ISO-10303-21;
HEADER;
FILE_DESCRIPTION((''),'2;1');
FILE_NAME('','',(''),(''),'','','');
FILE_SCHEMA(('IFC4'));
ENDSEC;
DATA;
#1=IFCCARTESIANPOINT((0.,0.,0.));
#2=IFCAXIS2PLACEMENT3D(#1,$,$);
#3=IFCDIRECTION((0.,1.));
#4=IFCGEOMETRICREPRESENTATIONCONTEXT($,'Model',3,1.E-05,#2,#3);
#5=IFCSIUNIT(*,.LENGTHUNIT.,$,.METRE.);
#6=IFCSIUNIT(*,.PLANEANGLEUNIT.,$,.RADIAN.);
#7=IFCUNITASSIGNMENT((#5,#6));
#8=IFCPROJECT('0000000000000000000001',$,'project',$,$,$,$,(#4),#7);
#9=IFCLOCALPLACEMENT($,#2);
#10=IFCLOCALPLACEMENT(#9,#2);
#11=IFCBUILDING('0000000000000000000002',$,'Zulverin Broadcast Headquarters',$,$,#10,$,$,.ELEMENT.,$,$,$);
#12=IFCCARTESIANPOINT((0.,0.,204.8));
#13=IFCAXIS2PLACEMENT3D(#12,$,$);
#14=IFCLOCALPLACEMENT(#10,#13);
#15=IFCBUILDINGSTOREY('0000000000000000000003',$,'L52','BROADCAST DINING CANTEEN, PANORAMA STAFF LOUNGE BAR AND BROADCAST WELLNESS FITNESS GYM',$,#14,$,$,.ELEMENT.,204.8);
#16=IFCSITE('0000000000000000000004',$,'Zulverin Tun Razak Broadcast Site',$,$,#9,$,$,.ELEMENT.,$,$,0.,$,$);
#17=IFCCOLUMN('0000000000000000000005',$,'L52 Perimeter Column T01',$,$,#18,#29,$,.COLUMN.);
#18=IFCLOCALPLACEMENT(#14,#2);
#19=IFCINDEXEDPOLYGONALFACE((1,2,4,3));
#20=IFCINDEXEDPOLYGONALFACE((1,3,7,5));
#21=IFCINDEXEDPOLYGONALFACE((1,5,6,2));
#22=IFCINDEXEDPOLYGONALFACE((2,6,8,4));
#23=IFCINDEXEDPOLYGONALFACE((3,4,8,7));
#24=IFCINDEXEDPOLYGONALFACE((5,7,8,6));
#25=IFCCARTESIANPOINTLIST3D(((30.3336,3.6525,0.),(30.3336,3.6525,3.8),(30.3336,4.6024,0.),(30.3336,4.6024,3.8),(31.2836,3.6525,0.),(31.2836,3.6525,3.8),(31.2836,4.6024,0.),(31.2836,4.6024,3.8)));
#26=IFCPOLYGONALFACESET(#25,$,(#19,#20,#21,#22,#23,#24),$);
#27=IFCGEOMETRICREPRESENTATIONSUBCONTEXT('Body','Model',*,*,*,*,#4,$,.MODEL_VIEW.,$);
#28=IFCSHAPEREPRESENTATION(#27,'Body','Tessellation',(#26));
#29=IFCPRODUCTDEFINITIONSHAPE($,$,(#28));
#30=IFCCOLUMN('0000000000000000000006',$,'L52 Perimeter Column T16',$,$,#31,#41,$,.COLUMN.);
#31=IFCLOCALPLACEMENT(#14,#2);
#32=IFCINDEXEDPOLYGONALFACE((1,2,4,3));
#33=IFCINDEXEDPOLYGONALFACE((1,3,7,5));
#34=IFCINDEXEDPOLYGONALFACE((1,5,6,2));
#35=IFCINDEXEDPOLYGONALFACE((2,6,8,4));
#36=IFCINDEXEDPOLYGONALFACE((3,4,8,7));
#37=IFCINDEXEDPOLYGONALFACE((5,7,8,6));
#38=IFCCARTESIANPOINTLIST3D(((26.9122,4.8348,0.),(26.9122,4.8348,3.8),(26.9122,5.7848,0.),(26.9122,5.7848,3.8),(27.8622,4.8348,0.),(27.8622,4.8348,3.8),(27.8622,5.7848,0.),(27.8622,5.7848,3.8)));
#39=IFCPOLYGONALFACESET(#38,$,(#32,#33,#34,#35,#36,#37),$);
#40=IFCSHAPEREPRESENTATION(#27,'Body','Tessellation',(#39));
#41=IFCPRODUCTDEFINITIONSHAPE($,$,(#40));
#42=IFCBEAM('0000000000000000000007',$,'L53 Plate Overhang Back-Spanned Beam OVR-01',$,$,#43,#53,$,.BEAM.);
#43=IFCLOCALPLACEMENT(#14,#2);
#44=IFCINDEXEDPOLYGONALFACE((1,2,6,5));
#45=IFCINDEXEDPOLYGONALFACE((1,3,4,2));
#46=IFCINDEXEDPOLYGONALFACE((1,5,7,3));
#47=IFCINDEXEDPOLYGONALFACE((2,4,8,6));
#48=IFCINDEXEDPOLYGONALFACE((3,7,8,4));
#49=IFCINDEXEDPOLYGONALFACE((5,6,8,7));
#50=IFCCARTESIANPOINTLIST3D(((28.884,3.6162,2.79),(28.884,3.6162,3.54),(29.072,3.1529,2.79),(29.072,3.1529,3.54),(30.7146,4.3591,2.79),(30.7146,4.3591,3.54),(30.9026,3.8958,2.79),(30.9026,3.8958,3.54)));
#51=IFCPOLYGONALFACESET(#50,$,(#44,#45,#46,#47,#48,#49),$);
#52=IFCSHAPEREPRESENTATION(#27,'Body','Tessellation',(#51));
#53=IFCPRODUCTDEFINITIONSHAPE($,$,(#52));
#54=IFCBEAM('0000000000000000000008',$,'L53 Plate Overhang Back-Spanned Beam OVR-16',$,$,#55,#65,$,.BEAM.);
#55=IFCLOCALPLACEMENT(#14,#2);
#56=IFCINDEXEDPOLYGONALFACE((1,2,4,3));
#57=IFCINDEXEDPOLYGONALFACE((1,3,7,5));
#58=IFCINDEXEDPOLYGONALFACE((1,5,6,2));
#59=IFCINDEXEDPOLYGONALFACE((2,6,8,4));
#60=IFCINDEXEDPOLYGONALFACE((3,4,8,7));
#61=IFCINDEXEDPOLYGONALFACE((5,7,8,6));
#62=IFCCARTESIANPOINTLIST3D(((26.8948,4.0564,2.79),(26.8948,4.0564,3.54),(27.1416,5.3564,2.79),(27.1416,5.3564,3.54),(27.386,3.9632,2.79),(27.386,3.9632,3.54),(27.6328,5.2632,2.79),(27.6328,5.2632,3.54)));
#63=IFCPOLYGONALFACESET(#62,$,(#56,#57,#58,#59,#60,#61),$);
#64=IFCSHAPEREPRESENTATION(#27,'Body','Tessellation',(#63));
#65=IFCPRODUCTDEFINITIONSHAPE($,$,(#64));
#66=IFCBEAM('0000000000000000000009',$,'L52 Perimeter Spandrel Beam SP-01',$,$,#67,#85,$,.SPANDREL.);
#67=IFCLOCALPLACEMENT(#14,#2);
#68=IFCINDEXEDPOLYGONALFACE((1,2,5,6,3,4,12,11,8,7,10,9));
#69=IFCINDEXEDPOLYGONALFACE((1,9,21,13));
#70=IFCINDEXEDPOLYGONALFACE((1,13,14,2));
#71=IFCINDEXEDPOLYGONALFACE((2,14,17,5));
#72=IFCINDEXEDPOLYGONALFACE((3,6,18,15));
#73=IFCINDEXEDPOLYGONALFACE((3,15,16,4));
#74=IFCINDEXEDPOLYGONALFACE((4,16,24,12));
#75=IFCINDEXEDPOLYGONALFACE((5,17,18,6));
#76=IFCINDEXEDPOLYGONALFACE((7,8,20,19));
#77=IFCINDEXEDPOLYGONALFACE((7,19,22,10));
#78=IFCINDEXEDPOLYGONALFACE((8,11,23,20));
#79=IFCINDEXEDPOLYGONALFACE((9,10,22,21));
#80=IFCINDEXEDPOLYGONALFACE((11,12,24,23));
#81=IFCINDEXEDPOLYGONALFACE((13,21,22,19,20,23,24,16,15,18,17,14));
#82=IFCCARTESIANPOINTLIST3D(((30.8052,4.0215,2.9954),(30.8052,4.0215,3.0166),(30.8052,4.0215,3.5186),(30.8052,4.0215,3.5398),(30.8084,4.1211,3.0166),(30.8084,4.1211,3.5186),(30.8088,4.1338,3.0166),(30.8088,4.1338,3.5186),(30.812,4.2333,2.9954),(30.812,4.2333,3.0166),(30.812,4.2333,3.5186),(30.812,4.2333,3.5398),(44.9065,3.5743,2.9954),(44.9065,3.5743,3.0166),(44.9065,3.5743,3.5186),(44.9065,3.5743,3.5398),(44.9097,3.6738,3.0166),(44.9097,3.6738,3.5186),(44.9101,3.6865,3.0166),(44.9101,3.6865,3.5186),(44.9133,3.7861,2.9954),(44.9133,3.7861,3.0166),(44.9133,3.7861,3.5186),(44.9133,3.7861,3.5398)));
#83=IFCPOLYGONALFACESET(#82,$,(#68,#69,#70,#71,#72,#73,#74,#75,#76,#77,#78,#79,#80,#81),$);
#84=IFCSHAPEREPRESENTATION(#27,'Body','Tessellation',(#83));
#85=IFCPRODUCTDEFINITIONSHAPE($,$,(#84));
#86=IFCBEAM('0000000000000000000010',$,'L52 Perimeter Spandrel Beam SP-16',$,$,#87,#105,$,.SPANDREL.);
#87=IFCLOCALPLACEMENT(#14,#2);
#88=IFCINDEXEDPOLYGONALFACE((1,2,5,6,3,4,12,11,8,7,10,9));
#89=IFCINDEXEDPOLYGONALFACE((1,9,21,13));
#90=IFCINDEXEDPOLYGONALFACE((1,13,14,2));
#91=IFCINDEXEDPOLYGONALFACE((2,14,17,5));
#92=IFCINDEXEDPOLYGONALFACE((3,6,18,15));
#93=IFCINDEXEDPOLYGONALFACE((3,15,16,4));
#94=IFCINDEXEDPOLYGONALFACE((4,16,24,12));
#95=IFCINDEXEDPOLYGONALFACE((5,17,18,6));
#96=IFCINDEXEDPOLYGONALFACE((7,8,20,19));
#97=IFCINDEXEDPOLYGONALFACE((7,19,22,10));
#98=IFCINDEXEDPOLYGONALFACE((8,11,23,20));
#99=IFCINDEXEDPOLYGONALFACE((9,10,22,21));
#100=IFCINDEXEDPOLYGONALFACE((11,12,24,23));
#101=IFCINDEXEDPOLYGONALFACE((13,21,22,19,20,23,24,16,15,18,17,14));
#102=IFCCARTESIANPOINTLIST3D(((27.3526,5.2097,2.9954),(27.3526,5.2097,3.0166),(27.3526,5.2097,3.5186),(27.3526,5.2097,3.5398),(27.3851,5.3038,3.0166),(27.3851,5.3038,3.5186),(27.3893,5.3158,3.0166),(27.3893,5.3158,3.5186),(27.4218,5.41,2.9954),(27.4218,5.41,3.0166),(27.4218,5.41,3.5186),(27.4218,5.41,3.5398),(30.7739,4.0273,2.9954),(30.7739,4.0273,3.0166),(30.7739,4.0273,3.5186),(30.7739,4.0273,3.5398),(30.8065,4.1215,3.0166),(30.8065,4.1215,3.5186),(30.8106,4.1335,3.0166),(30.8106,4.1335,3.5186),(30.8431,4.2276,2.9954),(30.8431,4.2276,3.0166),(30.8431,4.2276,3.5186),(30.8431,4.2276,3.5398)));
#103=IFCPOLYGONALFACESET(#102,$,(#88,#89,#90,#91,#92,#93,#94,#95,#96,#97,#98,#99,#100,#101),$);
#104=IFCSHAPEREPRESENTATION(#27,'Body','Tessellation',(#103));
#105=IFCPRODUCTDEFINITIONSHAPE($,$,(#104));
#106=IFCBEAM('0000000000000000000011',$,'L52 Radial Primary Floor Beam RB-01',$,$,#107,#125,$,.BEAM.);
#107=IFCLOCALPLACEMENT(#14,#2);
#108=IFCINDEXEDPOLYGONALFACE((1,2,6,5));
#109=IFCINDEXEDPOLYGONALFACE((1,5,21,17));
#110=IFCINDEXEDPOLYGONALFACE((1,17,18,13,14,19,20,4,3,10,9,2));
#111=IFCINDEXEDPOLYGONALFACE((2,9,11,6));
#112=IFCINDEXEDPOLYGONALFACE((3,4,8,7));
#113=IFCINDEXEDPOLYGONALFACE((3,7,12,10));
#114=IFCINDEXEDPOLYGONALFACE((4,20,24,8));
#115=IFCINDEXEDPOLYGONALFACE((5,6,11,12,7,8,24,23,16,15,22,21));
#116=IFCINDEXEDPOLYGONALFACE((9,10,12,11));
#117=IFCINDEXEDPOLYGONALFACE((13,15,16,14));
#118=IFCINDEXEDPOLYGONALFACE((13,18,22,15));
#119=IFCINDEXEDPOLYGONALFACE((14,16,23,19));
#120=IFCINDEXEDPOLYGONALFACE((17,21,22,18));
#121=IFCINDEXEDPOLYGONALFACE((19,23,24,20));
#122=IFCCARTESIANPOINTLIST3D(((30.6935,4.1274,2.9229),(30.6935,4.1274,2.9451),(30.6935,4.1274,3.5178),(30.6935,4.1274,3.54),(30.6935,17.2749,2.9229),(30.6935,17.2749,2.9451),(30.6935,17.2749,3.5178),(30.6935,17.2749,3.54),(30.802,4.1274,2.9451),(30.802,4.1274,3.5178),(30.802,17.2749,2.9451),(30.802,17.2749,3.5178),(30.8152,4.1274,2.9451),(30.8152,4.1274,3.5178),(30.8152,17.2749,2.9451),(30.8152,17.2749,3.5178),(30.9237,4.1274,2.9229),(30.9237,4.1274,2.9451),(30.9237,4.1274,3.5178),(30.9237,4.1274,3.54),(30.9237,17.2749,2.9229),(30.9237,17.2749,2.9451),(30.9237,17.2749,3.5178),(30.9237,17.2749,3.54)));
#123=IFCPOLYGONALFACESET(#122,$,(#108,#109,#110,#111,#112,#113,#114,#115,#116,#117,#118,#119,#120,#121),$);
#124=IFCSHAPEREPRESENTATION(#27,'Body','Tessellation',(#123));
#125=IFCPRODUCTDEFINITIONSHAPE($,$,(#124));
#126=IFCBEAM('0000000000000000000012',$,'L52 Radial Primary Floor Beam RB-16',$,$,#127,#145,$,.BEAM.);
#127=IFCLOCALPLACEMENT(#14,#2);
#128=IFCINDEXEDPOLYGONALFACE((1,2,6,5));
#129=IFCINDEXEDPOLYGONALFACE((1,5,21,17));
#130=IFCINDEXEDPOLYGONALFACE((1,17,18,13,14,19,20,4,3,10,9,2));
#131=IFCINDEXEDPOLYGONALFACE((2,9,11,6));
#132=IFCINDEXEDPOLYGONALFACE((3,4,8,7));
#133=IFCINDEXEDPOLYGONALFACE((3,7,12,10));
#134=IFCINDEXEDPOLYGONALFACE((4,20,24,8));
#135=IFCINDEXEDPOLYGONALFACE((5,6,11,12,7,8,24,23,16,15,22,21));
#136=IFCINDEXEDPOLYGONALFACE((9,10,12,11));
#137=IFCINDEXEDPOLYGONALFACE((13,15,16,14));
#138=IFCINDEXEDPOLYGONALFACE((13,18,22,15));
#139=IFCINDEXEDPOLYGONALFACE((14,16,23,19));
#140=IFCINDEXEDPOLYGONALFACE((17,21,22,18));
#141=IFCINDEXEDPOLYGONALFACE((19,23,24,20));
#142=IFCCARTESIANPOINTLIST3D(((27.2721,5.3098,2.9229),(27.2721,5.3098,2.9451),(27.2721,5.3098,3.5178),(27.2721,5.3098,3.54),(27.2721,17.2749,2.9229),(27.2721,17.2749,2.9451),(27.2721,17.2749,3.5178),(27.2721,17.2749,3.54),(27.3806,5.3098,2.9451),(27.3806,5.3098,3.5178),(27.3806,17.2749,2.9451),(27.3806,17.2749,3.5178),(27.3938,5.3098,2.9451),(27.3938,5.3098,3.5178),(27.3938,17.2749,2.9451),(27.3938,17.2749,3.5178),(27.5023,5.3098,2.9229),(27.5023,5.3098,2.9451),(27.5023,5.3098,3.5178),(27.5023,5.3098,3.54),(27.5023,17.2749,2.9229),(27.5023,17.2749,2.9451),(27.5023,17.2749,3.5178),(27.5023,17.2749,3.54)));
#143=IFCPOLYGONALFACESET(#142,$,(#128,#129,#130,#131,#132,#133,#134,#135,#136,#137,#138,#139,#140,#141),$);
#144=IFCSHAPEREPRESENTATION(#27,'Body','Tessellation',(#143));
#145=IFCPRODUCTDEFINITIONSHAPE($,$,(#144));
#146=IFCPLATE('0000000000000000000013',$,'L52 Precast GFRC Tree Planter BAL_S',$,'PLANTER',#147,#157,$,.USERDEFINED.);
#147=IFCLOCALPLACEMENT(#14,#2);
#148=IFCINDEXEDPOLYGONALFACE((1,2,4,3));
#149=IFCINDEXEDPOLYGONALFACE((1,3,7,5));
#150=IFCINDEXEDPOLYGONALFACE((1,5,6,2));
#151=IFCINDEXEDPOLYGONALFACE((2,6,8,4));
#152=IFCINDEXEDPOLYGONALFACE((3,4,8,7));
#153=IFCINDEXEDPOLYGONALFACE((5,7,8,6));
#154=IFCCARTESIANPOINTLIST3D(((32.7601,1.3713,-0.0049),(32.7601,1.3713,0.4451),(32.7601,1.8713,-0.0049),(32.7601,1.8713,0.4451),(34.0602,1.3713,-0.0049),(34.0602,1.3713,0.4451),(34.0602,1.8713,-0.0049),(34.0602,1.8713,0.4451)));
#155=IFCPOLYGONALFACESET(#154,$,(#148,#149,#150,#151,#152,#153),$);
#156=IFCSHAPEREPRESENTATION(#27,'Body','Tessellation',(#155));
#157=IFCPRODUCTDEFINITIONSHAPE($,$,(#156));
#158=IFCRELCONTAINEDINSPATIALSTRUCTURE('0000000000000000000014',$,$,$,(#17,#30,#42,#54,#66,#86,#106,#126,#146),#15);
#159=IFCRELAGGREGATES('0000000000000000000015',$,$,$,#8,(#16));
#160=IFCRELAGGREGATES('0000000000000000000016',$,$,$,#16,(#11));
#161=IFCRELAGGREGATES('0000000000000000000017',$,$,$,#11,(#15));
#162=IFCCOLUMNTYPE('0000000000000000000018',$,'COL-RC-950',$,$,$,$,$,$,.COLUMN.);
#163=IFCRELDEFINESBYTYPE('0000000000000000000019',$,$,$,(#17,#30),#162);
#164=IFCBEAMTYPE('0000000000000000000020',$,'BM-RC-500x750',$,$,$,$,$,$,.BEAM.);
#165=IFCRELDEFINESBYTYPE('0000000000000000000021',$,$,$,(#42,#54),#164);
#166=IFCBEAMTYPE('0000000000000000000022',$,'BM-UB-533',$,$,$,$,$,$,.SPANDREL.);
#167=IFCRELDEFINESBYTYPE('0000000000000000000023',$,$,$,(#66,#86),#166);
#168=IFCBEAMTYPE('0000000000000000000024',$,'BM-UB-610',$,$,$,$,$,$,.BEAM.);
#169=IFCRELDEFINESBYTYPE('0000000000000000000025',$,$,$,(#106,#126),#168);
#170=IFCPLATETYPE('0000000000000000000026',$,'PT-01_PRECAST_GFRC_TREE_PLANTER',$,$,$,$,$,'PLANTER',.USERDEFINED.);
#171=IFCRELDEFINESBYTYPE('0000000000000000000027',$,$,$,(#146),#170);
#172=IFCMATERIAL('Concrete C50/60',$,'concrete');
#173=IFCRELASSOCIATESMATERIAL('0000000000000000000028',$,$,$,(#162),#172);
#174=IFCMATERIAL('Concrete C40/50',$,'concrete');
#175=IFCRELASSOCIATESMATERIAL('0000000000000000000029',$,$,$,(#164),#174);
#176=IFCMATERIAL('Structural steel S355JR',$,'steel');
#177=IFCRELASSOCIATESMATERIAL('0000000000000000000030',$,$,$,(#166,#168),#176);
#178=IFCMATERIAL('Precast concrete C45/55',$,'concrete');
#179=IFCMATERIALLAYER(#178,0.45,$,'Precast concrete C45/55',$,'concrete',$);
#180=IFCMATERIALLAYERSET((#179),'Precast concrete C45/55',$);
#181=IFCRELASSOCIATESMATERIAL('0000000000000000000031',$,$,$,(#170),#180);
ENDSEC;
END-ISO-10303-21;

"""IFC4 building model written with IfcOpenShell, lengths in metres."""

from ifc_helpers import new_model, si_unit, direction, frame, origin, origin_2d, place, context, subcontext, project, spatial, rectangle, i_section, extrude, material, layer, layer_set, material_profile, profile_set, type_object, element, save


model = new_model("IFC4")

# Units and contexts
model_context = context("Model", 3, precision=1e-05, world=origin(), true_north=direction((0.0, 1.0)))
body_context = subcontext(model_context, "Body", "Model", "MODEL_VIEW")
ifc_project = project(units=[si_unit("LENGTHUNIT", "METRE"), si_unit("PLANEANGLEUNIT", "RADIAN")], contexts=[model_context])

# Site, building, storey
site_placement = place(None, origin())
site = spatial("IfcSite", under=ifc_project, at=site_placement, Name="Zulverin Tun Razak Broadcast Site", CompositionType="ELEMENT", RefElevation=0.0)
building_placement = place(site_placement, origin())
building = spatial("IfcBuilding", under=site, at=building_placement, Name="Zulverin Broadcast Headquarters", CompositionType="ELEMENT")
storey_placement = place(building_placement, frame((0.0, 0.0, 204.8)))
storey = spatial("IfcBuildingStorey", under=building, at=storey_placement, Name="L52", Description="BROADCAST DINING CANTEEN, PANORAMA STAFF LOUNGE BAR AND BROADCAST WELLNESS FITNESS GYM", CompositionType="ELEMENT", Elevation=204.8)

# Columns
ifc_material_1 = material(Name="Concrete C50/60", Category="concrete")
ifc_material_profile_1 = material_profile(ifc_material_1, rectangle(XDim=0.95, YDim=0.95, at=origin_2d()), Name="Concrete C50/60", Category="concrete")
ifc_profile_set_1 = profile_set([ifc_material_profile_1], Name="Concrete C50/60")
column_type = type_object("IfcColumnType", Name="COL-RC-950", PredefinedType="COLUMN", material=ifc_profile_set_1)
for number, where, z_axis, x_axis, name in (
    (1, (30.8086, 4.1274, 0.0), (0.0, 0.0, 1.0), (1.0, 0.0, 0.0), "L52 Perimeter Column T01"),
    (2, (27.3872, 5.3098, 0.0), (0.0, 0.0, 1.0), (1.0, 0.0, 0.0), "L52 Perimeter Column T16"),
):
    element("IfcColumn", number, at=place(storey_placement, frame(where, z_axis=z_axis, x_axis=x_axis)), inside=storey, type_object=column_type, Name=name, PredefinedType="COLUMN", context=body_context, shape_type="SweptSolid", body=[
        extrude(rectangle(XDim=0.95, YDim=0.95, at=origin_2d()), origin(), (0.0, 0.0, 1.0), 3.8),
    ])

# Beams
ifc_material_2 = material(Name="Concrete C40/50", Category="concrete")
ifc_material_profile_2 = material_profile(ifc_material_2, rectangle(XDim=0.5, YDim=0.75, at=origin_2d()), Name="Concrete C40/50", Category="concrete")
ifc_profile_set_2 = profile_set([ifc_material_profile_2], Name="Concrete C40/50")
beam_type_1 = type_object("IfcBeamType", Name="BM-RC-500x750", PredefinedType="BEAM", material=ifc_profile_set_2)
beam_1_placement = place(storey_placement, frame((30.8086, 4.1274, 3.165), z_axis=(-0.926598, -0.376052, 0.0), x_axis=(0.376052, -0.926598, 0.0)))
element("IfcBeam", 3, at=beam_1_placement, inside=storey, type_object=beam_type_1, Name="L53 Plate Overhang Back-Spanned Beam OVR-01", PredefinedType="BEAM", context=body_context, shape_type="SweptSolid", body=[
    extrude(rectangle(XDim=0.5, YDim=0.75, at=origin_2d()), origin(), (0.0, 0.0, 1.0), 1.9756),
])
beam_2_placement = place(storey_placement, frame((27.3872, 5.3098, 3.165), z_axis=(-0.186527, -0.98245, 0.0), x_axis=(0.98245, -0.186527, 0.0)))
element("IfcBeam", 4, at=beam_2_placement, inside=storey, type_object=beam_type_1, Name="L53 Plate Overhang Back-Spanned Beam OVR-16", PredefinedType="BEAM", context=body_context, shape_type="SweptSolid", body=[
    extrude(rectangle(XDim=0.5, YDim=0.75, at=origin_2d()), origin(), (0.0, 0.0, 1.0), 1.3232),
])
ifc_material_3 = material(Name="Structural steel S355JR", Category="steel")
ifc_material_profile_3 = material_profile(ifc_material_3, i_section(OverallWidth=0.2119, OverallDepth=0.5444, WebThickness=0.0127, FlangeThickness=0.0212, at=origin_2d()), Name="Structural steel S355JR", Category="steel")
ifc_profile_set_3 = profile_set([ifc_material_profile_3], Name="Structural steel S355JR")
beam_type_2 = type_object("IfcBeamType", Name="BM-UB-533", PredefinedType="SPANDREL", material=ifc_profile_set_3)
beam_3_placement = place(storey_placement, frame((30.8086, 4.1274, 3.2676), z_axis=(0.999497, -0.031702, 0.0), x_axis=(0.031702, 0.999497, 0.0)))
element("IfcBeam", 5, at=beam_3_placement, inside=storey, type_object=beam_type_2, Name="L52 Perimeter Spandrel Beam SP-01", PredefinedType="SPANDREL", context=body_context, shape_type="SweptSolid", body=[
    extrude(i_section(OverallWidth=0.2119, OverallDepth=0.5444, WebThickness=0.0127, FlangeThickness=0.0212, at=origin_2d()), origin(), (0.0, 0.0, 1.0), 14.1084),
])
beam_4_placement = place(storey_placement, frame((27.3872, 5.3098, 3.2676), z_axis=(0.945153, -0.326629, 0.0), x_axis=(0.326629, 0.945153, 0.0)))
element("IfcBeam", 6, at=beam_4_placement, inside=storey, type_object=beam_type_2, Name="L52 Perimeter Spandrel Beam SP-16", PredefinedType="SPANDREL", context=body_context, shape_type="SweptSolid", body=[
    extrude(i_section(OverallWidth=0.2119, OverallDepth=0.5444, WebThickness=0.0127, FlangeThickness=0.0212, at=origin_2d()), origin(), (0.0, 0.0, 1.0), 3.6199),
])
ifc_material_profile_4 = material_profile(ifc_material_3, i_section(OverallWidth=0.2302, OverallDepth=0.6172, WebThickness=0.0132, FlangeThickness=0.0222, at=origin_2d()), Name="Structural steel S355JR", Category="steel")
ifc_profile_set_4 = profile_set([ifc_material_profile_4], Name="Structural steel S355JR")
beam_type_3 = type_object("IfcBeamType", Name="BM-UB-610", PredefinedType="BEAM", material=ifc_profile_set_4)
beam_5_placement = place(storey_placement, frame((30.8086, 17.2749, 3.2314), z_axis=(0.0, -1.0, 0.0), x_axis=(1.0, 0.0, 0.0)))
element("IfcBeam", 7, at=beam_5_placement, inside=storey, type_object=beam_type_3, Name="L52 Radial Primary Floor Beam RB-01", PredefinedType="BEAM", context=body_context, shape_type="SweptSolid", body=[
    extrude(i_section(OverallWidth=0.2302, OverallDepth=0.6172, WebThickness=0.0132, FlangeThickness=0.0222, at=origin_2d()), origin(), (0.0, 0.0, 1.0), 13.1475),
])
beam_6_placement = place(storey_placement, frame((27.3872, 17.2749, 3.2314), z_axis=(0.0, -1.0, 0.0), x_axis=(1.0, 0.0, 0.0)))
element("IfcBeam", 8, at=beam_6_placement, inside=storey, type_object=beam_type_3, Name="L52 Radial Primary Floor Beam RB-16", PredefinedType="BEAM", context=body_context, shape_type="SweptSolid", body=[
    extrude(i_section(OverallWidth=0.2302, OverallDepth=0.6172, WebThickness=0.0132, FlangeThickness=0.0222, at=origin_2d()), origin(), (0.0, 0.0, 1.0), 11.9651),
])

# Plate
ifc_material_4 = material(Name="Precast concrete C45/55", Category="concrete")
ifc_layer_1 = layer(ifc_material_4, 0.45, Name="Precast concrete C45/55", Category="concrete")
ifc_layer_set_1 = layer_set([ifc_layer_1], Name="Precast concrete C45/55")
plate_type = type_object("IfcPlateType", Name="PT-01_PRECAST_GFRC_TREE_PLANTER", ElementType="PLANTER", PredefinedType="USERDEFINED", material=ifc_layer_set_1)
plate_placement = place(storey_placement, frame((33.4102, 1.6213, -0.0049), z_axis=(0.0, 0.0, 1.0), x_axis=(1.0, 0.0, 0.0)))
element("IfcPlate", 9, at=plate_placement, inside=storey, type_object=plate_type, Name="L52 Precast GFRC Tree Planter BAL_S", ObjectType="PLANTER", PredefinedType="USERDEFINED", context=body_context, shape_type="SweptSolid", body=[
    extrude(rectangle(XDim=1.3, YDim=0.5, at=origin_2d()), origin(), (0.0, 0.0, 1.0), 0.45),
])

save(model, "model.ifc")
